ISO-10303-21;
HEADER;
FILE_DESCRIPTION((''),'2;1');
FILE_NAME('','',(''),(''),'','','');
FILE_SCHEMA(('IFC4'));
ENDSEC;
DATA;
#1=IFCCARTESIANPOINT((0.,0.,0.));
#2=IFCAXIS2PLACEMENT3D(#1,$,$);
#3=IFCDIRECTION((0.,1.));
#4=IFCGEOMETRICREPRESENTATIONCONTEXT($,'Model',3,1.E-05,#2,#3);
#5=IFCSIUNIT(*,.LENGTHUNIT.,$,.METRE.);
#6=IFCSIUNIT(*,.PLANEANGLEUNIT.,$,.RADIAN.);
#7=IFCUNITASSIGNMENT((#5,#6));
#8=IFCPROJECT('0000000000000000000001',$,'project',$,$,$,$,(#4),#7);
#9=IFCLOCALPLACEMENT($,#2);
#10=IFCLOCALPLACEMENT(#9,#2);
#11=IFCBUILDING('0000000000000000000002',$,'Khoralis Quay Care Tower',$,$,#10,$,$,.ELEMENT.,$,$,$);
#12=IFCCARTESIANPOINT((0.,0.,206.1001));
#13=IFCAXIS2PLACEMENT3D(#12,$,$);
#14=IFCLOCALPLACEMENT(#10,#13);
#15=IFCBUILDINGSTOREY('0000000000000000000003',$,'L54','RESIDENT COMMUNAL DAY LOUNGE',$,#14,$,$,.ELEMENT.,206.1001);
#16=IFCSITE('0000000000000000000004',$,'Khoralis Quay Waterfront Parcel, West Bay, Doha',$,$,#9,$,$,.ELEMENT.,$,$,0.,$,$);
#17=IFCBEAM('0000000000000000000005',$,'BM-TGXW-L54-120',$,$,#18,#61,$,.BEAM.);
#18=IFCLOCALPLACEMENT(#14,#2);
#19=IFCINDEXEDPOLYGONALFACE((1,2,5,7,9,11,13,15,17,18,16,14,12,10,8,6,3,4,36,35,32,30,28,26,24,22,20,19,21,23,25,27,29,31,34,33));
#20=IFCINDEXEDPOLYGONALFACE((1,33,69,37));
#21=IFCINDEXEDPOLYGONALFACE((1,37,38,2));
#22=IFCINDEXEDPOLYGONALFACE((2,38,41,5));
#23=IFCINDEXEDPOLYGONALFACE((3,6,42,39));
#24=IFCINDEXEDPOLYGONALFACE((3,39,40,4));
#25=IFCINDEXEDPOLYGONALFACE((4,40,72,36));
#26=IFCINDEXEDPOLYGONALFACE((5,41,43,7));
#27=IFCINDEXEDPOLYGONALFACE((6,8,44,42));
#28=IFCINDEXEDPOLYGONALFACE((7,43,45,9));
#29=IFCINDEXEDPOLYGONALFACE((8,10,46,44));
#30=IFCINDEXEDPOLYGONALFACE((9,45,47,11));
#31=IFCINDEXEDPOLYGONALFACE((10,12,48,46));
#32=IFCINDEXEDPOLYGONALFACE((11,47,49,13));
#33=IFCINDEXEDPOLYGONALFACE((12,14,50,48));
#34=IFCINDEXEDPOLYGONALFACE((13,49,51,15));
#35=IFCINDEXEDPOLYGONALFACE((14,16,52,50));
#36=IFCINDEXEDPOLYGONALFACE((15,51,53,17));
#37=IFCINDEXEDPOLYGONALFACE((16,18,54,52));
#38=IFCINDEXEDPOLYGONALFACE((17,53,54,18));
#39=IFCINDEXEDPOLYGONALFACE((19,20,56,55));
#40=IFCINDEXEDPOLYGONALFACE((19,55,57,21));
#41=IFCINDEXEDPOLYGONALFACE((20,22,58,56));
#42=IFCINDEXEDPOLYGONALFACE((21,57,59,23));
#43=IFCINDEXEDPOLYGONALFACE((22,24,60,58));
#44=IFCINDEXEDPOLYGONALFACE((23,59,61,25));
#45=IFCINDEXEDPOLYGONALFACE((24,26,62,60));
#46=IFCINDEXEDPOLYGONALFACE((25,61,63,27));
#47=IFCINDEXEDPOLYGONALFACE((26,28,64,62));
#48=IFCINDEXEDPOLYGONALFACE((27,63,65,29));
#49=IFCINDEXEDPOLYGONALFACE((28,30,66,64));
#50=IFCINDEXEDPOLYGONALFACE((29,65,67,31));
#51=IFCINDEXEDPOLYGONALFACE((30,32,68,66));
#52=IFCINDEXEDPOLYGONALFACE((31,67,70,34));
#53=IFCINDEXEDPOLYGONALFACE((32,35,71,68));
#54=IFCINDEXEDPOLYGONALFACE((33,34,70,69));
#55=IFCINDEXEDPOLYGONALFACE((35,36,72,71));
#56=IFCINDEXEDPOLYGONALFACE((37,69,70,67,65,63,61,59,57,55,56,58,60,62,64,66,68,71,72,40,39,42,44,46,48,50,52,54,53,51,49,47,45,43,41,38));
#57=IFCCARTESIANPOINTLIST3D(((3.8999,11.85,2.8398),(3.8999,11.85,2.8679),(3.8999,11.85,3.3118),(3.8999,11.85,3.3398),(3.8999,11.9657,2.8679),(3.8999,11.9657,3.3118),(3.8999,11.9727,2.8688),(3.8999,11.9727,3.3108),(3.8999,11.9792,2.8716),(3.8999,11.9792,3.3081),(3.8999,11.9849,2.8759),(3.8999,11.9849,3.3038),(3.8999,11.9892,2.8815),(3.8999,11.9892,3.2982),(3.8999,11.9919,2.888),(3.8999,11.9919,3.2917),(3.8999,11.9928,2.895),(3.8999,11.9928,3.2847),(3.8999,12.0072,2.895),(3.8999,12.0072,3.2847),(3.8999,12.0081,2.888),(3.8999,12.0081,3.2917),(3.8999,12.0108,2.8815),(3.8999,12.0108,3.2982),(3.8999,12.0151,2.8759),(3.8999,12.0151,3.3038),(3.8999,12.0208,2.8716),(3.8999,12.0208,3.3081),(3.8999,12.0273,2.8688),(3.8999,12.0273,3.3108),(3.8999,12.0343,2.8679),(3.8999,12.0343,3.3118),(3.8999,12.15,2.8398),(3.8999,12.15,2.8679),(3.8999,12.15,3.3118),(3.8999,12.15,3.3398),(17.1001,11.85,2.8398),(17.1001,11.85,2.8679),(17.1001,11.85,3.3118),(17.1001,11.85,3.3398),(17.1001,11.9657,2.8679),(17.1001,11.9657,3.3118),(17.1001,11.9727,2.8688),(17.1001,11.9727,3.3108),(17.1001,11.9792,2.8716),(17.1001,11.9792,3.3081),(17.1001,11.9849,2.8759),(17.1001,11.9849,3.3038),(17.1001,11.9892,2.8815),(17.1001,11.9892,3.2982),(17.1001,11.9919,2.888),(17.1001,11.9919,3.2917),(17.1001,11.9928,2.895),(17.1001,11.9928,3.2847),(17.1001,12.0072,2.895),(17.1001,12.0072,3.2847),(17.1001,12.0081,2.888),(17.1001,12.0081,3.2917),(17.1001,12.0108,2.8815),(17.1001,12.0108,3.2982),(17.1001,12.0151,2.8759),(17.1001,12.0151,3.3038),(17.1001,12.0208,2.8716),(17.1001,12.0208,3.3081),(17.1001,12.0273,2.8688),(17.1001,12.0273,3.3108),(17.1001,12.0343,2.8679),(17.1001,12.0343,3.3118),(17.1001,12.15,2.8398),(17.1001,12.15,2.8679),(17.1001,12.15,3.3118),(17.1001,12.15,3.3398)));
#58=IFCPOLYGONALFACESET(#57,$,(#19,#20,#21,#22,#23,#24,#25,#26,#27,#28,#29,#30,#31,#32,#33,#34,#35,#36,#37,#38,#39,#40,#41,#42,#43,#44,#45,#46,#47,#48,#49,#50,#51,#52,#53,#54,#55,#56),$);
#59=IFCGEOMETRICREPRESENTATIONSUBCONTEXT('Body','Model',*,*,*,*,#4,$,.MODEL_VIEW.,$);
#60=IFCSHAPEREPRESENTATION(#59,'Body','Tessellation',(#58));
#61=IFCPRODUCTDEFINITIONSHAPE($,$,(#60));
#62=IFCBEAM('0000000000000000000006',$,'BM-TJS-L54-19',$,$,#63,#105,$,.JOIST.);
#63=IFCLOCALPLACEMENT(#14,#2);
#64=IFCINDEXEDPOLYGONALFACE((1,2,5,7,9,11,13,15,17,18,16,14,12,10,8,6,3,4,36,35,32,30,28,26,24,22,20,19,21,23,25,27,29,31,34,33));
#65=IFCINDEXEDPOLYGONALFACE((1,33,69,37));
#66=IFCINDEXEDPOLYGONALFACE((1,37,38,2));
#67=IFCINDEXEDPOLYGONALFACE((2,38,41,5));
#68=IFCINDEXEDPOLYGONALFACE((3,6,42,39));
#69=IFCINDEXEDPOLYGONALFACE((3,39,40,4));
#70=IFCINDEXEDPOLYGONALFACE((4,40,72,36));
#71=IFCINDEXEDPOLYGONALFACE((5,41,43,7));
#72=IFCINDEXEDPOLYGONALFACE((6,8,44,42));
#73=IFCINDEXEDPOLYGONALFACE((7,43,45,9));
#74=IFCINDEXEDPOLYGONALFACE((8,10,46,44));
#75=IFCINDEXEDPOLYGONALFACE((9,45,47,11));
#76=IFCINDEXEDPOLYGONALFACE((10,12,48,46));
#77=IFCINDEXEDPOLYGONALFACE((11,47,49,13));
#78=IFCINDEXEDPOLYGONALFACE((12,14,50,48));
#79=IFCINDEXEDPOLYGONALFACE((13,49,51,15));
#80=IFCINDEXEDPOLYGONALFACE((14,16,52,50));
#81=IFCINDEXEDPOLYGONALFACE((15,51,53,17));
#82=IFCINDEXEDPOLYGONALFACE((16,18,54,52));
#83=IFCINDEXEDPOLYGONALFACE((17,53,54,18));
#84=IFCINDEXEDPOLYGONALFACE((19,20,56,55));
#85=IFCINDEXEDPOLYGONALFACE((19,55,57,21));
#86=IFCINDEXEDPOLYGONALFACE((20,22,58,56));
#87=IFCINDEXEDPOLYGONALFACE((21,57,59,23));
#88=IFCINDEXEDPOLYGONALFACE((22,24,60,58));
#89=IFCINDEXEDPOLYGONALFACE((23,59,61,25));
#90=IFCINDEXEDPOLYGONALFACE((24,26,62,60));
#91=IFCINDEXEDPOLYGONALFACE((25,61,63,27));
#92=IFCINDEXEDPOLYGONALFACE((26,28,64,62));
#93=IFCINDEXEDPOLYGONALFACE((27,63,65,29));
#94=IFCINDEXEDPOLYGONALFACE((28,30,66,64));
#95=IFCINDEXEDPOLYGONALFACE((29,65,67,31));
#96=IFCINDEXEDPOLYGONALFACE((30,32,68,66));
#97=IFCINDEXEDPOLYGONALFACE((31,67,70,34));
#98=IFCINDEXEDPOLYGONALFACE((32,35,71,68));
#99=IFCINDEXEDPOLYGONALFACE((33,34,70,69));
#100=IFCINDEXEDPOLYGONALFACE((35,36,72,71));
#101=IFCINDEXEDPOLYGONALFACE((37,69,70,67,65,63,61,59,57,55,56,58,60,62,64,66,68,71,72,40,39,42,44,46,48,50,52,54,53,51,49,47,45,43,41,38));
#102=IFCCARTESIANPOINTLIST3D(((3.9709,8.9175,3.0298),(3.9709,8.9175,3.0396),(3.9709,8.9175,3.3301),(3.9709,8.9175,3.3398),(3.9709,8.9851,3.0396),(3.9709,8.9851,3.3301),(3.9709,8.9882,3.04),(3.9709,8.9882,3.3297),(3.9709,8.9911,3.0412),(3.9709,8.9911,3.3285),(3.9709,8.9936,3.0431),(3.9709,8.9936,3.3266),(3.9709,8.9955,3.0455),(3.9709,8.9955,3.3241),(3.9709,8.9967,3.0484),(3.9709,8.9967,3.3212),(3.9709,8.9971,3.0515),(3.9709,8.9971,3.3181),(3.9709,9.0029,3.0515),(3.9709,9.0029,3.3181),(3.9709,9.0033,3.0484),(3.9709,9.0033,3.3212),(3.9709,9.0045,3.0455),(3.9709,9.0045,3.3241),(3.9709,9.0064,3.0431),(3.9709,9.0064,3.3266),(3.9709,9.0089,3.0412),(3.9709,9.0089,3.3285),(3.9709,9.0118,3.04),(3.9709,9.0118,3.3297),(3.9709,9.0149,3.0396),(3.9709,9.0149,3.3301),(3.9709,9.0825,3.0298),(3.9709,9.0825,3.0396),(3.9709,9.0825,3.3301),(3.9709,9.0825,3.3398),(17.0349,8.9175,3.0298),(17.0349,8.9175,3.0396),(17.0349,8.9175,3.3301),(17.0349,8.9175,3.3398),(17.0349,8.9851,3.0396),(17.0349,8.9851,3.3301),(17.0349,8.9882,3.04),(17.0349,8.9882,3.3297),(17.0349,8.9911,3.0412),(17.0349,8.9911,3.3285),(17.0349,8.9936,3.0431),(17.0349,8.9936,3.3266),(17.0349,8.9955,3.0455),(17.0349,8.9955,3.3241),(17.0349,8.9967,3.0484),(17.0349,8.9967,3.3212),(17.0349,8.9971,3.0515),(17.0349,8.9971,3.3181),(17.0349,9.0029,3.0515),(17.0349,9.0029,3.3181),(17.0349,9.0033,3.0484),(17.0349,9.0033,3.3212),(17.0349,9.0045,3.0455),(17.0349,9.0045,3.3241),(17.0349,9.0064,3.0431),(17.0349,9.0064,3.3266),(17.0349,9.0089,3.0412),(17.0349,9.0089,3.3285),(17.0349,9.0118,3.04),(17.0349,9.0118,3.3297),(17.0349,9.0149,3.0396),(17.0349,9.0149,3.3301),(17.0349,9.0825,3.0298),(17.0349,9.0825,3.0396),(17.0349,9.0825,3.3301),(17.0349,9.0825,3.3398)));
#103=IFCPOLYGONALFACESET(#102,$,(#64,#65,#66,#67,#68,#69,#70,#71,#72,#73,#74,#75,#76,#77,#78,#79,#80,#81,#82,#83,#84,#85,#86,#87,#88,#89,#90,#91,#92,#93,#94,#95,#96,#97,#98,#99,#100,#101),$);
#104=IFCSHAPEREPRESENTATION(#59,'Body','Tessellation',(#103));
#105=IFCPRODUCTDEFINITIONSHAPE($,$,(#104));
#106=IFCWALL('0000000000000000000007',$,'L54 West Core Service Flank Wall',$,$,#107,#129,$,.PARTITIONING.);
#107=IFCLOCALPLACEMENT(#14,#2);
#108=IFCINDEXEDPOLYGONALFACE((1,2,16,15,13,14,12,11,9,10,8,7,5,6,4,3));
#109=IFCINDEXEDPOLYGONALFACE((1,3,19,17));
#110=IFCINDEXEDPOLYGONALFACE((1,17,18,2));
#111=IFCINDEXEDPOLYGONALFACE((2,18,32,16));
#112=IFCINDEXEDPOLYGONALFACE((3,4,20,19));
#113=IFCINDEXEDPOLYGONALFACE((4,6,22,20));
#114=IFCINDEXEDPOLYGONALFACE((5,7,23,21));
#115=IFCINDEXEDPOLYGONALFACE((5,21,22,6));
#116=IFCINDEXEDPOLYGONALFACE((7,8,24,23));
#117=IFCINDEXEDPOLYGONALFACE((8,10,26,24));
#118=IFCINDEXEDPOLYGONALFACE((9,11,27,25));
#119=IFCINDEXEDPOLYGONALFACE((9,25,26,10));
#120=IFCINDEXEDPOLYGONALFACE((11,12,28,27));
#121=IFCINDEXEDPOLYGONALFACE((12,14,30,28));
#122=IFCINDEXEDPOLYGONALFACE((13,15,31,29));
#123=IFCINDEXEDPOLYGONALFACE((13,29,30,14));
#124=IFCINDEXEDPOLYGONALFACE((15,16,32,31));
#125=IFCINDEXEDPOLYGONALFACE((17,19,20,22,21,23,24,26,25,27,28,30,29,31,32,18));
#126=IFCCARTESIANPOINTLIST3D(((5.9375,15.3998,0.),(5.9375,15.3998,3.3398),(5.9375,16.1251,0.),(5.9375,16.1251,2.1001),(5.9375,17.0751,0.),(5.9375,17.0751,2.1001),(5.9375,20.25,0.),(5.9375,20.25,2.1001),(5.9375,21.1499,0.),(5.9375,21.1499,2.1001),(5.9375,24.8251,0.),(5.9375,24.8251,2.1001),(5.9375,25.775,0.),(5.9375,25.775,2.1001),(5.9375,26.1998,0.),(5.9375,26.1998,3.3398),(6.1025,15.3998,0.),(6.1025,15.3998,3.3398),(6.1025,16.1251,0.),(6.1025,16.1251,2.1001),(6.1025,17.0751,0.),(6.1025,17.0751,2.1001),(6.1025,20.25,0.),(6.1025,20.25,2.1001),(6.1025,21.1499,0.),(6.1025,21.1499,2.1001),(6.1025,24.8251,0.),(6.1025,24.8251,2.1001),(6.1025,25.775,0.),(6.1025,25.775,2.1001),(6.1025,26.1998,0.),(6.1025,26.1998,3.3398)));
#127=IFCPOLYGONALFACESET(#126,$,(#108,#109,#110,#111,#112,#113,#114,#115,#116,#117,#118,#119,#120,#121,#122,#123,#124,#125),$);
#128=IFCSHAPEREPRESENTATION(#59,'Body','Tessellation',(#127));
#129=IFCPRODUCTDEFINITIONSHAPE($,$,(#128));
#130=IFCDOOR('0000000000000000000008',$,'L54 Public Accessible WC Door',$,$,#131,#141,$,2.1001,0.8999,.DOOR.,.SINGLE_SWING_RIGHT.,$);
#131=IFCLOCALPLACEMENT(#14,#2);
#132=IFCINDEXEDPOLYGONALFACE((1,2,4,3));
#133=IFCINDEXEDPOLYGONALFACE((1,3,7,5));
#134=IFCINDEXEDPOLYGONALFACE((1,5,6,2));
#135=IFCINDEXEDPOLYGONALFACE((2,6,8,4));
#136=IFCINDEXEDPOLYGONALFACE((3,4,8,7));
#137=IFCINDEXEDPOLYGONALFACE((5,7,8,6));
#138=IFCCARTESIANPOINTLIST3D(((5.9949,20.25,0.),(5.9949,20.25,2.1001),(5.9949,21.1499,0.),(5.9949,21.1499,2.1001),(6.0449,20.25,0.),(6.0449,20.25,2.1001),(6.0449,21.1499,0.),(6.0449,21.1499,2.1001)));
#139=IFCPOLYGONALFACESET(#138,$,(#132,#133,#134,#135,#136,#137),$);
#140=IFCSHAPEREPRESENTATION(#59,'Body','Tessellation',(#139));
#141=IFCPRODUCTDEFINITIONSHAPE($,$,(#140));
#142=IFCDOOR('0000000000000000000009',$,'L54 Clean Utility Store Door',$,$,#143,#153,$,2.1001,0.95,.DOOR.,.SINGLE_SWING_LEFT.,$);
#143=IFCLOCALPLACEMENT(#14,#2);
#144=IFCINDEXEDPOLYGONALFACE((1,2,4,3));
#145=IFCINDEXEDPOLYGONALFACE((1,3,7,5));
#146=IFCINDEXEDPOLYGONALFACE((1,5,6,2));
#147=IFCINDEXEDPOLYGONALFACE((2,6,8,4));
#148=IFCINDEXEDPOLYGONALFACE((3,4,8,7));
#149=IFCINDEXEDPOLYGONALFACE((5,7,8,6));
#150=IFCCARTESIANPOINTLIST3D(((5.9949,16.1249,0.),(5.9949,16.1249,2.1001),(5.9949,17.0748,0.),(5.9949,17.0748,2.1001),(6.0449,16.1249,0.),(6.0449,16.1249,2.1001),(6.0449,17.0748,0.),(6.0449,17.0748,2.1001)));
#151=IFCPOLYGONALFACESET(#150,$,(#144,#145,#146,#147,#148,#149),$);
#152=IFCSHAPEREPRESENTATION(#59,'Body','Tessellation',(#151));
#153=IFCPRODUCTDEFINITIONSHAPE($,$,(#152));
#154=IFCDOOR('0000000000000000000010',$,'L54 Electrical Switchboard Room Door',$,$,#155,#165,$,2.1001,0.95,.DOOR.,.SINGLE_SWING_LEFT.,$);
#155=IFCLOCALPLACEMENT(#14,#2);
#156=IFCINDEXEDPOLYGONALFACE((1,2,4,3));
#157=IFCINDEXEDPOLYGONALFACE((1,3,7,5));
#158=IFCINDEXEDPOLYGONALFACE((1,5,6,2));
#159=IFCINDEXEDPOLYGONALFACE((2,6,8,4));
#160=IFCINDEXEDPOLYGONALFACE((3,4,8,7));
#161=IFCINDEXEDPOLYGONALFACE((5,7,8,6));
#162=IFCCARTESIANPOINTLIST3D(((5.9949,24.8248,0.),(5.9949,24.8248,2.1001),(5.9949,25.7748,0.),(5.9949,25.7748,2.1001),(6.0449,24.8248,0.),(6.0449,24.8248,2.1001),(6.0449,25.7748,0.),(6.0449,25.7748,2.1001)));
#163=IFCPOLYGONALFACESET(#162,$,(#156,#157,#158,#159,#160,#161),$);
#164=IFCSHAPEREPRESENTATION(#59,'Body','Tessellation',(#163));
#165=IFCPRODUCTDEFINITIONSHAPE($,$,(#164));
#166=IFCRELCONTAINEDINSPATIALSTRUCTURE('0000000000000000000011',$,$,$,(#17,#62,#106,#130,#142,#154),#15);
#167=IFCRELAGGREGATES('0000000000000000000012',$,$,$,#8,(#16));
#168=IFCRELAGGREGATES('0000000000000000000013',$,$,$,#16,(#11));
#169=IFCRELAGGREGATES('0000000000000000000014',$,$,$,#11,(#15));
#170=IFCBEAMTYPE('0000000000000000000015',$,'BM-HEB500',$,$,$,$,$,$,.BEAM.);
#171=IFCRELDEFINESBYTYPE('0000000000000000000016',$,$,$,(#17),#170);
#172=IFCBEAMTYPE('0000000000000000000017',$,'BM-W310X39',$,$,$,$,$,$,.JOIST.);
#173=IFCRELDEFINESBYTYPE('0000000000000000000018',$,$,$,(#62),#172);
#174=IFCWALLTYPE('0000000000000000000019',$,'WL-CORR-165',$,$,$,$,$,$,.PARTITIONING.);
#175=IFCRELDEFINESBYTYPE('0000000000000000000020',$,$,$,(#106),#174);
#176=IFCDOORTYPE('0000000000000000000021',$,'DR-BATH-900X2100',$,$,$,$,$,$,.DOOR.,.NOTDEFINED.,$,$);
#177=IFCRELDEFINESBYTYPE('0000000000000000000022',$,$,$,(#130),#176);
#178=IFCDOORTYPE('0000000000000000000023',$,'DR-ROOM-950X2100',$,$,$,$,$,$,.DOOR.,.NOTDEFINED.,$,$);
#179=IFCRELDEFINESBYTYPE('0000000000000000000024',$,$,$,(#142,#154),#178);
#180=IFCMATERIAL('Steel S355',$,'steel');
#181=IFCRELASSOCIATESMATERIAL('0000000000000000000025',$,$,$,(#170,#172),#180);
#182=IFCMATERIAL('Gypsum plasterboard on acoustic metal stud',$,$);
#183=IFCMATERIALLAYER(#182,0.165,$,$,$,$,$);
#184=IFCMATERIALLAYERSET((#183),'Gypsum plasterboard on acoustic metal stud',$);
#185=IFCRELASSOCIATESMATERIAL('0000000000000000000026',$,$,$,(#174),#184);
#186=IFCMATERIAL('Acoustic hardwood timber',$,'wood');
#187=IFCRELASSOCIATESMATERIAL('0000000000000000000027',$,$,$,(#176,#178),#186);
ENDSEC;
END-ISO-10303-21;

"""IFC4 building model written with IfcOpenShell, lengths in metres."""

from ifc_helpers import new_model, si_unit, direction, frame, frame_2d, origin, origin_2d, place, context, subcontext, project, spatial, rectangle, i_section, extrude, source, transform, mapped, material, layer, layer_set, material_profile, profile_set, type_object, element, fill, save


model = new_model("IFC4")

# Units and contexts
model_context = context("Model", 3, precision=1e-05, world=origin(), true_north=direction((0.0, 1.0)))
body_context = subcontext(model_context, "Body", "Model", "MODEL_VIEW")
ifc_project = project(units=[si_unit("LENGTHUNIT", "METRE"), si_unit("PLANEANGLEUNIT", "RADIAN")], contexts=[model_context])

# Site, building, storey
site_placement = place(None, origin())
site = spatial("IfcSite", under=ifc_project, at=site_placement, Name="Khoralis Quay Waterfront Parcel, West Bay, Doha", CompositionType="ELEMENT", RefElevation=0.0)
building_placement = place(site_placement, origin())
building = spatial("IfcBuilding", under=site, at=building_placement, Name="Khoralis Quay Care Tower", CompositionType="ELEMENT")
storey_placement = place(building_placement, frame((0.0, 0.0, 206.1001)))
storey = spatial("IfcBuildingStorey", under=building, at=storey_placement, Name="L54", Description="RESIDENT COMMUNAL DAY LOUNGE", CompositionType="ELEMENT", Elevation=206.1001)

# Beams
ifc_material_1 = material(Name="Steel S355", Category="steel")
ifc_material_profile_1 = material_profile(ifc_material_1, i_section(OverallWidth=0.3, OverallDepth=0.5, WebThickness=0.0144, FlangeThickness=0.0281, FilletRadius=0.0271, at=origin_2d()), Name="Steel S355")
ifc_profile_set_1 = profile_set([ifc_material_profile_1], Name="Steel S355")
beam_type_1 = type_object("IfcBeamType", Name="BM-HEB500", PredefinedType="BEAM", material=ifc_profile_set_1)
shared_shape_1 = source(origin(), body_context, "Body", "SweptSolid", [
    extrude(i_section(OverallWidth=0.3, OverallDepth=0.5, WebThickness=0.0144, FlangeThickness=0.0281, FilletRadius=0.0271, at=origin_2d()), origin(), (0.0, 0.0, 1.0), 13.2002),
])
beam_1_placement = place(storey_placement, frame((3.8999, 12.0, 3.0898), z_axis=(1.0, 0.0, 0.0), x_axis=(0.0, 1.0, 0.0)))
element("IfcBeam", 1, at=beam_1_placement, inside=storey, type_object=beam_type_1, Name="BM-TGXW-L54-120", PredefinedType="BEAM", context=body_context, shape_type="MappedRepresentation", body=[
    mapped(shared_shape_1, transform((0.0, 0.0, 0.0), scale=1.0)),
])
ifc_material_profile_2 = material_profile(ifc_material_1, i_section(OverallWidth=0.165, OverallDepth=0.3101, WebThickness=0.0059, FlangeThickness=0.0098, FilletRadius=0.012, at=origin_2d()), Name="Steel S355")
ifc_profile_set_2 = profile_set([ifc_material_profile_2], Name="Steel S355")
beam_type_2 = type_object("IfcBeamType", Name="BM-W310X39", PredefinedType="JOIST", material=ifc_profile_set_2)
shared_shape_2 = source(origin(), body_context, "Body", "SweptSolid", [
    extrude(i_section(OverallWidth=0.165, OverallDepth=0.3101, WebThickness=0.0059, FlangeThickness=0.0098, FilletRadius=0.012, at=origin_2d()), origin(), (0.0, 0.0, 1.0), 13.064),
])
beam_2_placement = place(storey_placement, frame((3.9709, 9.0, 3.1848), z_axis=(1.0, 0.0, 0.0), x_axis=(0.0, 1.0, 0.0)))
element("IfcBeam", 2, at=beam_2_placement, inside=storey, type_object=beam_type_2, Name="BM-TJS-L54-19", PredefinedType="JOIST", context=body_context, shape_type="MappedRepresentation", body=[
    mapped(shared_shape_2, transform((0.0, 0.0, 0.0), scale=1.0)),
])

# Wall, openings, doors
ifc_material_2 = material(Name="Gypsum plasterboard on acoustic metal stud")
ifc_layer_1 = layer(ifc_material_2, 0.165)
ifc_layer_set_1 = layer_set([ifc_layer_1], Name="Gypsum plasterboard on acoustic metal stud")
wall_type_1 = type_object("IfcWallType", Name="WL-CORR-165", PredefinedType="PARTITIONING", material=ifc_layer_set_1)
wall_1_placement = place(storey_placement, frame((6.02, 15.3999, 0.0), z_axis=(0.0, 0.0, 1.0), x_axis=(0.0, 1.0, 0.0)))
wall_1 = element("IfcWall", 3, at=wall_1_placement, inside=storey, type_object=wall_type_1, Name="L54 West Core Service Flank Wall", PredefinedType="PARTITIONING", context=body_context, shape_type="SweptSolid", body=[
    extrude(rectangle(XDim=10.8, YDim=0.165, at=frame_2d((5.3999, 0.0))), origin(), (0.0, 0.0, 1.0), 3.3398),
])
opening_1_placement = place(wall_1_placement, frame((0.7251, 0.0, 0.0)))
opening_1 = element("IfcOpeningElement", 4, at=opening_1_placement, cuts=wall_1, PredefinedType="OPENING", context=body_context, shape_type="SweptSolid", body=[
    extrude(rectangle(XDim=0.95, YDim=2.1001, at=frame_2d((0.4751, 1.05))), frame((0.0, 0.0925, 0.0), z_axis=(0.0, -1.0, 0.0), x_axis=(1.0, 0.0, 0.0)), (0.0, 0.0, 1.0), 0.1851),
])
opening_2_placement = place(wall_1_placement, frame((4.8501, 0.0, 0.0)))
opening_2 = element("IfcOpeningElement", 5, at=opening_2_placement, cuts=wall_1, PredefinedType="OPENING", context=body_context, shape_type="SweptSolid", body=[
    extrude(rectangle(XDim=0.8999, YDim=2.1001, at=frame_2d((0.45, 1.05))), frame((0.0, 0.0925, 0.0), z_axis=(0.0, -1.0, 0.0), x_axis=(1.0, 0.0, 0.0)), (0.0, 0.0, 1.0), 0.1851),
])
opening_3_placement = place(wall_1_placement, frame((9.425, 0.0, 0.0)))
opening_3 = element("IfcOpeningElement", 6, at=opening_3_placement, cuts=wall_1, PredefinedType="OPENING", context=body_context, shape_type="SweptSolid", body=[
    extrude(rectangle(XDim=0.95, YDim=2.1001, at=frame_2d((0.4751, 1.05))), frame((0.0, 0.0925, 0.0), z_axis=(0.0, -1.0, 0.0), x_axis=(1.0, 0.0, 0.0)), (0.0, 0.0, 1.0), 0.1851),
])
ifc_material_3 = material(Name="Acoustic hardwood timber", Category="wood")
door_type_1 = type_object("IfcDoorType", Name="DR-BATH-900X2100", OperationType="NOTDEFINED", PredefinedType="DOOR", material=ifc_material_3)
shared_shape_3 = source(origin(), body_context, "Body", "SweptSolid", [
    extrude(rectangle(XDim=0.8999, YDim=2.1001, at=frame_2d((0.45, 1.05))), frame((0.0, 0.0249, 0.0), z_axis=(0.0, -1.0, 0.0), x_axis=(1.0, 0.0, 0.0)), (0.0, 0.0, 1.0), 0.05),
])
door_1_placement = place(opening_2_placement, frame((0.8999, 0.0, 0.0), z_axis=(0.0, 0.0, 1.0), x_axis=(-1.0, 0.0, 0.0)))
door_1 = element("IfcDoor", 7, at=door_1_placement, inside=storey, type_object=door_type_1, Name="L54 Public Accessible WC Door", OperationType="SINGLE_SWING_RIGHT", OverallHeight=2.1001, OverallWidth=0.8999, PredefinedType="DOOR", context=body_context, shape_type="MappedRepresentation", body=[
    mapped(shared_shape_3, transform((0.0, 0.0, 0.0), scale=1.0)),
])
fill(opening_2, door_1)
door_type_2 = type_object("IfcDoorType", Name="DR-ROOM-950X2100", OperationType="NOTDEFINED", PredefinedType="DOOR", material=ifc_material_3)
shared_shape_4 = source(origin(), body_context, "Body", "SweptSolid", [
    extrude(rectangle(XDim=0.95, YDim=2.1001, at=frame_2d((0.4751, 1.05))), frame((0.0, 0.0249, 0.0), z_axis=(0.0, -1.0, 0.0), x_axis=(1.0, 0.0, 0.0)), (0.0, 0.0, 1.0), 0.05),
])
door_2_placement = place(opening_1_placement, frame((0.95, 0.0, 0.0), z_axis=(0.0, 0.0, 1.0), x_axis=(-1.0, 0.0, 0.0)))
door_2 = element("IfcDoor", 8, at=door_2_placement, inside=storey, type_object=door_type_2, Name="L54 Clean Utility Store Door", OperationType="SINGLE_SWING_LEFT", OverallHeight=2.1001, OverallWidth=0.95, PredefinedType="DOOR", context=body_context, shape_type="MappedRepresentation", body=[
    mapped(shared_shape_4, transform((0.0, 0.0, 0.0), scale=1.0)),
])
fill(opening_1, door_2)
door_3_placement = place(opening_3_placement, frame((0.95, 0.0, 0.0), z_axis=(0.0, 0.0, 1.0), x_axis=(-1.0, 0.0, 0.0)))
door_3 = element("IfcDoor", 9, at=door_3_placement, inside=storey, type_object=door_type_2, Name="L54 Electrical Switchboard Room Door", OperationType="SINGLE_SWING_LEFT", OverallHeight=2.1001, OverallWidth=0.95, PredefinedType="DOOR", context=body_context, shape_type="MappedRepresentation", body=[
    mapped(shared_shape_4, transform((0.0, 0.0, 0.0), scale=1.0)),
])
fill(opening_3, door_3)

save(model, "model.ifc")
